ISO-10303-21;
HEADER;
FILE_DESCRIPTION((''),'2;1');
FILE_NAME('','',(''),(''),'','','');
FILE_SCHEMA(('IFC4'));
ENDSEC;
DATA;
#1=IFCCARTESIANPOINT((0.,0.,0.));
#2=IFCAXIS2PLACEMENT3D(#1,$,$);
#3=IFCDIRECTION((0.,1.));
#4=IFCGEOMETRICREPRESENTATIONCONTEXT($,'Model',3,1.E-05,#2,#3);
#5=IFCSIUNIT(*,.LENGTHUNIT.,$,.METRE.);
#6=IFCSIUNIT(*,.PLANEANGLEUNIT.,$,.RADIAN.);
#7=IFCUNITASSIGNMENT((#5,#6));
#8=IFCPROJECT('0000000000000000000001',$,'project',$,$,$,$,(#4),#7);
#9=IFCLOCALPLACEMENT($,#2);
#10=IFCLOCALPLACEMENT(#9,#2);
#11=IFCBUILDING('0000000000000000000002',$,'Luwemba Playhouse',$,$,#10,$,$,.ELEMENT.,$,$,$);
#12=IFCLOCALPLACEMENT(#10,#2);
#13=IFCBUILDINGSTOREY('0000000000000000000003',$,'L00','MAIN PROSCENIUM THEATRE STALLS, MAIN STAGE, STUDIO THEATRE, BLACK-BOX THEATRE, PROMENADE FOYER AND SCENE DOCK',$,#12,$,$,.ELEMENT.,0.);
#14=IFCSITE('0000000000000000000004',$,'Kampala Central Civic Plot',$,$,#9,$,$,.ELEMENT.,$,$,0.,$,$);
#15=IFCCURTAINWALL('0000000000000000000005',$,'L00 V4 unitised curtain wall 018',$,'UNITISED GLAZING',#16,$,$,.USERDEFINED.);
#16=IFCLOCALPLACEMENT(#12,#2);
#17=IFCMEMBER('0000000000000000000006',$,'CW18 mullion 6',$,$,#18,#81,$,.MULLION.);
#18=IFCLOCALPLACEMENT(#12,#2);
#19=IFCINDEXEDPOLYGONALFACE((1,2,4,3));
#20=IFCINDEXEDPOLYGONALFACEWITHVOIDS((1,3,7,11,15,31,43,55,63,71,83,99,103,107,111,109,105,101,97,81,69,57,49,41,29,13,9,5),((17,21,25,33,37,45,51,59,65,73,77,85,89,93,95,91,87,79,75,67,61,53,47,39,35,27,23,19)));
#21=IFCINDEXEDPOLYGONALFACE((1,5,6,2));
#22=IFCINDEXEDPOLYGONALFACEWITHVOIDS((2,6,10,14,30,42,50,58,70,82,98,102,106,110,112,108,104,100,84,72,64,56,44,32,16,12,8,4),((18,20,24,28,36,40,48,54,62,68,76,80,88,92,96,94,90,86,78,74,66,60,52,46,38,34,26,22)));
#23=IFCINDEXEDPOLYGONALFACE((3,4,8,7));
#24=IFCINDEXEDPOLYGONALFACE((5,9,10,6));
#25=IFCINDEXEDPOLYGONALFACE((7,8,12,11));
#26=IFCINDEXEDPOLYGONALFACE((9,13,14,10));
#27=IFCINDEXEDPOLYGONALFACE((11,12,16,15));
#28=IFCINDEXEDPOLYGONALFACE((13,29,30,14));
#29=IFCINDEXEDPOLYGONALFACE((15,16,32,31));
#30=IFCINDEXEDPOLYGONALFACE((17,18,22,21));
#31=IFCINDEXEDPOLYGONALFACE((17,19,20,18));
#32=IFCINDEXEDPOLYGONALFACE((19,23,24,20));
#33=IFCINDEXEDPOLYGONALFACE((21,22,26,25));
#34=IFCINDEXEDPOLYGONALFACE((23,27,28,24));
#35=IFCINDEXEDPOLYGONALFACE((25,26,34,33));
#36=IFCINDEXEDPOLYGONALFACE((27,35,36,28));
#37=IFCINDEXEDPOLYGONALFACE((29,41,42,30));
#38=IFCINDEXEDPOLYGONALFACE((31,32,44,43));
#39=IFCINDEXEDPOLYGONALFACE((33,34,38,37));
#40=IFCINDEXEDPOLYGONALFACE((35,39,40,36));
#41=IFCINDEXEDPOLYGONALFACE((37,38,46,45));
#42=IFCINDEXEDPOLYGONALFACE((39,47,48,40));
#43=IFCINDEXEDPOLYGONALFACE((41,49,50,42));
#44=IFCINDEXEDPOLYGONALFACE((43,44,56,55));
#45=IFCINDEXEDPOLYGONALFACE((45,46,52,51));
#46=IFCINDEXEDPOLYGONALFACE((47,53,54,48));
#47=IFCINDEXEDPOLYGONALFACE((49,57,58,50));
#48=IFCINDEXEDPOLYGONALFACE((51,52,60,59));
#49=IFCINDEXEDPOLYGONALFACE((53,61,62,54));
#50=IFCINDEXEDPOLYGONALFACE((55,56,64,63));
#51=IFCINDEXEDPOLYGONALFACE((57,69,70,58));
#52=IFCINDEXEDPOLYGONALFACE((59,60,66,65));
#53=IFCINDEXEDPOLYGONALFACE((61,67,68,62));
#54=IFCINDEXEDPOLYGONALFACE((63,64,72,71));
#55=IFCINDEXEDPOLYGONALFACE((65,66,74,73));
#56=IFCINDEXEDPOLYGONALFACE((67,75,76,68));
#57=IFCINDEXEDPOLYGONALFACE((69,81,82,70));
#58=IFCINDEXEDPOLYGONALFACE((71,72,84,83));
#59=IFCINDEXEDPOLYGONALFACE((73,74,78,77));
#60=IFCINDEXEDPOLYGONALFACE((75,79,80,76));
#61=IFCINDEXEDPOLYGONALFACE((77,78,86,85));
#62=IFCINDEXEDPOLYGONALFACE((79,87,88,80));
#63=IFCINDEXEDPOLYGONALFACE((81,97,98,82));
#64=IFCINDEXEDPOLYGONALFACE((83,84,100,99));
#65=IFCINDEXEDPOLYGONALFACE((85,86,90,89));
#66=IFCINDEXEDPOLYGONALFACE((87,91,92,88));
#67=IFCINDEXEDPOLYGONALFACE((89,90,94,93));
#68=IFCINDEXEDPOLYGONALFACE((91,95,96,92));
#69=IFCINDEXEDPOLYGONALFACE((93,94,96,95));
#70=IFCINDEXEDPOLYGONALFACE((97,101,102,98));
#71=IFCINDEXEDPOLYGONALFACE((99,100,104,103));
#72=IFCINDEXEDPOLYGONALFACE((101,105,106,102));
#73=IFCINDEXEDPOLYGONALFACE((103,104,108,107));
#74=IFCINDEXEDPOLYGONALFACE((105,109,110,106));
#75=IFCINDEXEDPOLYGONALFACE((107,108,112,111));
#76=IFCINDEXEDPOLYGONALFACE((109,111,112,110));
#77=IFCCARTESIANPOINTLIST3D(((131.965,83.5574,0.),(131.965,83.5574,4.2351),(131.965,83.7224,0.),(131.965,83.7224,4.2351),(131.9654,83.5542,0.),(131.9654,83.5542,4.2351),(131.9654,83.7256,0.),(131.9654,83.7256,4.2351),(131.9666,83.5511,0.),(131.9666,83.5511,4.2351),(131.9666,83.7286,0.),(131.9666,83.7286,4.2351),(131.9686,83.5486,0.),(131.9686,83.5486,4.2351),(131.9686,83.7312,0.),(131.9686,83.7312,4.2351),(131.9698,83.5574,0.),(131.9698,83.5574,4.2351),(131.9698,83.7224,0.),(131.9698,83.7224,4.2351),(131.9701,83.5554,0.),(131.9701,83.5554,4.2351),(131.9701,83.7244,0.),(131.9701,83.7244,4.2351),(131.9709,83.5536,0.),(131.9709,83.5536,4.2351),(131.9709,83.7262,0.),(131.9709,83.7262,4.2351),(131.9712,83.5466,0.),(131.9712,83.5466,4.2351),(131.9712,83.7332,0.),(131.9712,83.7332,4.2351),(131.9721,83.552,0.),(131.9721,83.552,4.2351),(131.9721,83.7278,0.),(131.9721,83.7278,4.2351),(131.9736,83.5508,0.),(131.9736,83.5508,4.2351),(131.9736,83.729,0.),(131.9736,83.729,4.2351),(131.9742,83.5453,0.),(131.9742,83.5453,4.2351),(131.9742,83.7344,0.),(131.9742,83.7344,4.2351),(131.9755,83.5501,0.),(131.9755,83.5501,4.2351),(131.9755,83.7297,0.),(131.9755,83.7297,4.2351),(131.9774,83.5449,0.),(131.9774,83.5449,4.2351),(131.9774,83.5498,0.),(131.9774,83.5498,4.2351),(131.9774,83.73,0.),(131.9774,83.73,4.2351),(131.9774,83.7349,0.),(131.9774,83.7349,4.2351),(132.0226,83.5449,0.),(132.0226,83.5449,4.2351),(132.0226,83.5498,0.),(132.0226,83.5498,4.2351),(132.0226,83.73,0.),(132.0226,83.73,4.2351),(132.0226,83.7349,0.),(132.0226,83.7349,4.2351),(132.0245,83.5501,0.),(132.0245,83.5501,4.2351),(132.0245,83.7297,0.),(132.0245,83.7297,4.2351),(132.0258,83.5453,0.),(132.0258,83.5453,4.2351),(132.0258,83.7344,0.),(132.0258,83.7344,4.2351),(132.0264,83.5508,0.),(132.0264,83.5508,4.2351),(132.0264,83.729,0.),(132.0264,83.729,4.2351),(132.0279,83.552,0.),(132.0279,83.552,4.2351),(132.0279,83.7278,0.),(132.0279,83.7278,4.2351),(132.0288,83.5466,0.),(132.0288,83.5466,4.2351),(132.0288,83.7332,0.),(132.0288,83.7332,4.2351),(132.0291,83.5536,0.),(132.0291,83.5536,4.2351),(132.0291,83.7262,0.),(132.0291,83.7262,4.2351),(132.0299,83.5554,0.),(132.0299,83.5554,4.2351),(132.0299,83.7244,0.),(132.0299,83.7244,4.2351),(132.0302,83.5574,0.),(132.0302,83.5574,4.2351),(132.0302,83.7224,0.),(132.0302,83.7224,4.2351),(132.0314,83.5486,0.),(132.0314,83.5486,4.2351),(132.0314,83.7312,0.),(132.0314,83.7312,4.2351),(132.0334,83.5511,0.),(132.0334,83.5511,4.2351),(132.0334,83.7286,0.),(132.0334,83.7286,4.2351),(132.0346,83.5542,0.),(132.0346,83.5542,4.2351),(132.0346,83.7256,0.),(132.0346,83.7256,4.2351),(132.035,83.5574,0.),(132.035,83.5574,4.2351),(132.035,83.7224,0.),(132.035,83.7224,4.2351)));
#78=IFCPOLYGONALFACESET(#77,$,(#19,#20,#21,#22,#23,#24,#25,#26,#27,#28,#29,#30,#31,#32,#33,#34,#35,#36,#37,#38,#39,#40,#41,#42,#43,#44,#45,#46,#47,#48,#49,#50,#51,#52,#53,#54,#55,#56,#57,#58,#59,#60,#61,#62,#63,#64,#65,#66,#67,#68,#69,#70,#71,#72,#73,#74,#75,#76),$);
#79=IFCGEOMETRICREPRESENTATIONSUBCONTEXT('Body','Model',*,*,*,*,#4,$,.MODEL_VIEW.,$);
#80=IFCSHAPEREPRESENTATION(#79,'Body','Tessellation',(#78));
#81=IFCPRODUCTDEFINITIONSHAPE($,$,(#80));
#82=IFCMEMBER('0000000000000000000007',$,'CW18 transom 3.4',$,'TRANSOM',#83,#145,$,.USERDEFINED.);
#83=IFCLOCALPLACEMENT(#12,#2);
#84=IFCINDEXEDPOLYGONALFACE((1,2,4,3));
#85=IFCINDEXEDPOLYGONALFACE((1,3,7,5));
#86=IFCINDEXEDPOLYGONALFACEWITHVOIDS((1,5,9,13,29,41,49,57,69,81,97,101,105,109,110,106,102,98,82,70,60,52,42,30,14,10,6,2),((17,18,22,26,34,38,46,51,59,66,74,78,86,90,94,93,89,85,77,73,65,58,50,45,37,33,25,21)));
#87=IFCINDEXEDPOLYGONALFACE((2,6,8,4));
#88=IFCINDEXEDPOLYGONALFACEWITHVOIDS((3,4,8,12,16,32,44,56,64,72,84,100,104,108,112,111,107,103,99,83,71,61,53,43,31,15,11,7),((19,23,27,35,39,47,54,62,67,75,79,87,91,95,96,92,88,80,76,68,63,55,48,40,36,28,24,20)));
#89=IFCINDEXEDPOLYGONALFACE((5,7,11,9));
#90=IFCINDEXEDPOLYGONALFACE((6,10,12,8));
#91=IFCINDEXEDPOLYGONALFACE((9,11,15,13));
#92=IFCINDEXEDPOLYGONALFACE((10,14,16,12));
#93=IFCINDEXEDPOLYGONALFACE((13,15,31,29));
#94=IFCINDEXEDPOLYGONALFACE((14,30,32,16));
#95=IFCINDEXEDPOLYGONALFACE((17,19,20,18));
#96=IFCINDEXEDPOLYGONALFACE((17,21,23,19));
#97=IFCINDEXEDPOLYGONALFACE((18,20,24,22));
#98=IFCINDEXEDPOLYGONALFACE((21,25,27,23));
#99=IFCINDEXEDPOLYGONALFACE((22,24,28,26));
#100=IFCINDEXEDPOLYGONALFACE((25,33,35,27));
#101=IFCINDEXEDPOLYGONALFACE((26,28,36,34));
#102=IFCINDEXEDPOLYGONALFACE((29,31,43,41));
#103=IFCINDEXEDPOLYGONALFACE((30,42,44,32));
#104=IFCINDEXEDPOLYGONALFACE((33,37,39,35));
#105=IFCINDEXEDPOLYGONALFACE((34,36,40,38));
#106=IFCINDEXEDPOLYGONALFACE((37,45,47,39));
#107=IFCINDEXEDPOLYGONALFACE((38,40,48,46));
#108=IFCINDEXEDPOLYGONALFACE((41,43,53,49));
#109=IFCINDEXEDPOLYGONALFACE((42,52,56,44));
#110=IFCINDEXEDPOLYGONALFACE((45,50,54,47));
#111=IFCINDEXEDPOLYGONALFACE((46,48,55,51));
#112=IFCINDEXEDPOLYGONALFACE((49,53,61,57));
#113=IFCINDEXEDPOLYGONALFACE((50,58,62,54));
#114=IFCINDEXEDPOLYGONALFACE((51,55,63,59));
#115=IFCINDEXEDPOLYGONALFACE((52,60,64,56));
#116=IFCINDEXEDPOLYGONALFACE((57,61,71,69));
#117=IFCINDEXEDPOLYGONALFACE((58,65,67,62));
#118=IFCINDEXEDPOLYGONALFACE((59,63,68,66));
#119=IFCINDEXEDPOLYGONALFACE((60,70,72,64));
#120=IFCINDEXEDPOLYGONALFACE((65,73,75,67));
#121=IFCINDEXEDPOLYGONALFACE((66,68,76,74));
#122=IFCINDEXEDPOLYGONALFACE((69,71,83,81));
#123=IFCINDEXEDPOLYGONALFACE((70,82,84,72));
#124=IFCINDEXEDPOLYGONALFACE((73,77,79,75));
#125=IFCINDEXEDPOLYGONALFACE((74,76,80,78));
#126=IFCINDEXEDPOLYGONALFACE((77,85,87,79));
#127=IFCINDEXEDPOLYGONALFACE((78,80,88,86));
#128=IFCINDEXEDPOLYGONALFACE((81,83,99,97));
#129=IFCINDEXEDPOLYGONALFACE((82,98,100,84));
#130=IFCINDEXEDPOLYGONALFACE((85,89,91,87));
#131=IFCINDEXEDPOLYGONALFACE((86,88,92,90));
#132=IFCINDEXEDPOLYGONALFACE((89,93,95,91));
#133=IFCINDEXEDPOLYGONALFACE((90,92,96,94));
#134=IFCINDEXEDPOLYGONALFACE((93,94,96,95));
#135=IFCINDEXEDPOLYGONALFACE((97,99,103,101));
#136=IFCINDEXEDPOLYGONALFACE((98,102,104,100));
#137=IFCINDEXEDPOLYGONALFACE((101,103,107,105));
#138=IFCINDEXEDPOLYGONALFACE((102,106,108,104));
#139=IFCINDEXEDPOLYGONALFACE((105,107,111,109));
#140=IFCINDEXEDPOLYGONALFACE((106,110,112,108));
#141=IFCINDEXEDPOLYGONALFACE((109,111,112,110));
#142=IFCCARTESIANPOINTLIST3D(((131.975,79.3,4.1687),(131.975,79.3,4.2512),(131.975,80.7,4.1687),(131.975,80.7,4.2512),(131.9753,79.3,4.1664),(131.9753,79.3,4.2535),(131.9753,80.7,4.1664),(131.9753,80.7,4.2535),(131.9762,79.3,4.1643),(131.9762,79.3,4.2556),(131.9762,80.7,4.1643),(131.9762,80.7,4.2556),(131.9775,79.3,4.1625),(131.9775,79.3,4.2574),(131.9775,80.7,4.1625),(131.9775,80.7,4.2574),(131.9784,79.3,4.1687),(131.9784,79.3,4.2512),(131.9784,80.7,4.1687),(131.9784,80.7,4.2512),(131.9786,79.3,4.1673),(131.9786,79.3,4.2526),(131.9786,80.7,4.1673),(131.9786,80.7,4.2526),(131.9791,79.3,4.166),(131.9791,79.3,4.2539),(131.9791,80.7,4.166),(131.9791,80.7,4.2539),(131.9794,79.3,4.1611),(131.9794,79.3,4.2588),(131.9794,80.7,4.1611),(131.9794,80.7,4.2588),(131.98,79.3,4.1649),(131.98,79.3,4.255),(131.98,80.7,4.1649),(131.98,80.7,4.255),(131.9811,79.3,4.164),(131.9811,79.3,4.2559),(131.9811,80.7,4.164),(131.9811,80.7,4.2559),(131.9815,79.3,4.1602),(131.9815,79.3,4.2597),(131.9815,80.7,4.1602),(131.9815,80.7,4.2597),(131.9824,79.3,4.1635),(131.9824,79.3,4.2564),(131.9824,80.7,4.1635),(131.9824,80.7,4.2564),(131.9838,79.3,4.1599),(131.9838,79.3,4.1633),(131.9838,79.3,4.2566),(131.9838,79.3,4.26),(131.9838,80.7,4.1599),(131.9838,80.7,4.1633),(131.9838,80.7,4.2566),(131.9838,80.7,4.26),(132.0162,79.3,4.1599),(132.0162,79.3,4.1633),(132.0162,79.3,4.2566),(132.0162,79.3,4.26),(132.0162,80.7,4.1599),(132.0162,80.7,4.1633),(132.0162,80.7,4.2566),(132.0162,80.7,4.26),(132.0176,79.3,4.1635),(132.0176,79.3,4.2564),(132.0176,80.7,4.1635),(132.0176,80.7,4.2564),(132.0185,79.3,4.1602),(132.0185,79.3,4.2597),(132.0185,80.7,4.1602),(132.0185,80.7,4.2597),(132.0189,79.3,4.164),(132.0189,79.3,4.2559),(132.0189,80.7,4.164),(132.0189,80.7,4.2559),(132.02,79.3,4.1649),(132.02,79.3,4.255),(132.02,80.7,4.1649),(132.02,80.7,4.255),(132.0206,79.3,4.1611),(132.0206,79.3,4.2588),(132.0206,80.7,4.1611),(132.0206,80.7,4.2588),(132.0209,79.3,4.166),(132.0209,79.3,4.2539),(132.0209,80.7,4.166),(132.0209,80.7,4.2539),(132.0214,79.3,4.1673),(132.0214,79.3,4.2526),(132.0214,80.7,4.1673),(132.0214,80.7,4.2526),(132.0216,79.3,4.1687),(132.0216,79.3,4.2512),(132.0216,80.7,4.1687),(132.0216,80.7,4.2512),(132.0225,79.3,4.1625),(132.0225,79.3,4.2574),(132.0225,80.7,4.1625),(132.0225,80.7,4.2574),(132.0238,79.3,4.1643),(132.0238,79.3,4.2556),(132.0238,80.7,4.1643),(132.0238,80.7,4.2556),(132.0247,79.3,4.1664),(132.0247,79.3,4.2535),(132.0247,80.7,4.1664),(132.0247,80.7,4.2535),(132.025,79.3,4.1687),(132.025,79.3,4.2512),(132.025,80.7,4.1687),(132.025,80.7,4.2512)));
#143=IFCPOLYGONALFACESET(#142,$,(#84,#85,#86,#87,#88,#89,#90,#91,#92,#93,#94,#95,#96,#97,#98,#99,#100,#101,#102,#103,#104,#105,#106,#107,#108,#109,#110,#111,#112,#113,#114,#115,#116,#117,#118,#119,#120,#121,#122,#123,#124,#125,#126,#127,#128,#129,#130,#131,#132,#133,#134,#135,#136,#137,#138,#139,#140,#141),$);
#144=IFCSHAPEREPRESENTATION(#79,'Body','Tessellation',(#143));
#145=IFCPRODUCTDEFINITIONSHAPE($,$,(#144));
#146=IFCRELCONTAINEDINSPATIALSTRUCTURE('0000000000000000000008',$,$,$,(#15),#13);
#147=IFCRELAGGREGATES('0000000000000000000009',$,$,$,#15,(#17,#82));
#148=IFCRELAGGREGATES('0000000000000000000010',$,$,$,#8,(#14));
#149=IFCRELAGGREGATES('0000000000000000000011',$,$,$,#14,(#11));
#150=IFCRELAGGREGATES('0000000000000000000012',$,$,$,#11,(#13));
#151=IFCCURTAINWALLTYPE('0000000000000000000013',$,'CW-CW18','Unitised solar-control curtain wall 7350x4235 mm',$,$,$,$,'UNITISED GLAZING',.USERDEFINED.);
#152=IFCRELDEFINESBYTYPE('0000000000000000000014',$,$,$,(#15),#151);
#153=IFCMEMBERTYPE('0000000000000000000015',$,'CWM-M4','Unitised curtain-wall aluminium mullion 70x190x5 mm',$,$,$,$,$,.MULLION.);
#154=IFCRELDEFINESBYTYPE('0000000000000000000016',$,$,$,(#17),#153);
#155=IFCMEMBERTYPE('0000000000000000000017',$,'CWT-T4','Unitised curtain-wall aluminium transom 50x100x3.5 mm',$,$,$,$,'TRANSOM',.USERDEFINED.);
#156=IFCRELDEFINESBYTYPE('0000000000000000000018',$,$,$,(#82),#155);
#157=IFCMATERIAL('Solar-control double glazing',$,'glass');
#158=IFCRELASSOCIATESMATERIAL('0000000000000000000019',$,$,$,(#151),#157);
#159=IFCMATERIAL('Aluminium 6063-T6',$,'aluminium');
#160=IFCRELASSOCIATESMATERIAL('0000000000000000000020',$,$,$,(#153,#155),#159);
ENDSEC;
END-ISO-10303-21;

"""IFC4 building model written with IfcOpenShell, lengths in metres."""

from ifc_helpers import new_model, si_unit, direction, frame, origin, origin_2d, place, context, subcontext, project, spatial, hollow_rectangle, extrude, material, material_profile, profile_set, type_object, element, aggregate, save


model = new_model("IFC4")

# Units and contexts
model_context = context("Model", 3, precision=1e-05, world=origin(), true_north=direction((0.0, 1.0)))
body_context = subcontext(model_context, "Body", "Model", "MODEL_VIEW")
ifc_project = project(units=[si_unit("LENGTHUNIT", "METRE"), si_unit("PLANEANGLEUNIT", "RADIAN")], contexts=[model_context])

# Site, building, storey
site_placement = place(None, origin())
site = spatial("IfcSite", under=ifc_project, at=site_placement, Name="Kampala Central Civic Plot", CompositionType="ELEMENT", RefElevation=0.0)
building_placement = place(site_placement, origin())
building = spatial("IfcBuilding", under=site, at=building_placement, Name="Luwemba Playhouse", CompositionType="ELEMENT")
storey_placement = place(building_placement, origin())
storey = spatial("IfcBuildingStorey", under=building, at=storey_placement, Name="L00", Description="MAIN PROSCENIUM THEATRE STALLS, MAIN STAGE, STUDIO THEATRE, BLACK-BOX THEATRE, PROMENADE FOYER AND SCENE DOCK", CompositionType="ELEMENT", Elevation=0.0)

# Curtain wall, members
ifc_material_1 = material(Name="Solar-control double glazing", Category="glass")
curtain_wall_type = type_object("IfcCurtainWallType", Name="CW-CW18", Description="Unitised solar-control curtain wall 7350x4235 mm", ElementType="UNITISED GLAZING", PredefinedType="USERDEFINED", material=ifc_material_1)
curtain_wall_placement = place(storey_placement, origin())
curtain_wall = element("IfcCurtainWall", 1, at=curtain_wall_placement, inside=storey, type_object=curtain_wall_type, Name="L00 V4 unitised curtain wall 018", ObjectType="UNITISED GLAZING", PredefinedType="USERDEFINED")
ifc_material_2 = material(Name="Aluminium 6063-T6", Category="aluminium")
ifc_material_profile_1 = material_profile(ifc_material_2, hollow_rectangle(XDim=0.0701, YDim=0.1899, WallThickness=0.0049, InnerFilletRadius=0.0076, OuterFilletRadius=0.0125, at=origin_2d()))
ifc_profile_set_1 = profile_set([ifc_material_profile_1], Name="Aluminium 6063-T6")
member_type_1 = type_object("IfcMemberType", Name="CWM-M4", Description="Unitised curtain-wall aluminium mullion 70x190x5 mm", PredefinedType="MULLION", material=ifc_profile_set_1)
member_1_placement = place(storey_placement, frame((132.0, 83.6399, 0.0), z_axis=(0.0, 0.0, 1.0), x_axis=(-1.0, 0.0, 0.0)))
member_1 = element("IfcMember", 2, at=member_1_placement, type_object=member_type_1, Name="CW18 mullion 6", PredefinedType="MULLION", context=body_context, shape_type="SweptSolid", body=[
    extrude(hollow_rectangle(XDim=0.0701, YDim=0.1899, WallThickness=0.0049, InnerFilletRadius=0.0076, OuterFilletRadius=0.0125, at=origin_2d()), origin(), (0.0, 0.0, 1.0), 4.2351),
])
ifc_material_profile_2 = material_profile(ifc_material_2, hollow_rectangle(XDim=0.05, YDim=0.1001, WallThickness=0.0034, InnerFilletRadius=0.0054, OuterFilletRadius=0.0088, at=origin_2d()))
ifc_profile_set_2 = profile_set([ifc_material_profile_2], Name="Aluminium 6063-T6")
member_type_2 = type_object("IfcMemberType", Name="CWT-T4", Description="Unitised curtain-wall aluminium transom 50x100x3.5 mm", ElementType="TRANSOM", PredefinedType="USERDEFINED", material=ifc_profile_set_2)
member_2_placement = place(storey_placement, frame((132.0, 79.3, 4.21), z_axis=(0.0, 1.0, 0.0), x_axis=(-1.0, 0.0, 0.0)))
member_2 = element("IfcMember", 3, at=member_2_placement, type_object=member_type_2, Name="CW18 transom 3.4", ObjectType="TRANSOM", PredefinedType="USERDEFINED", context=body_context, shape_type="SweptSolid", body=[
    extrude(hollow_rectangle(XDim=0.05, YDim=0.1001, WallThickness=0.0034, InnerFilletRadius=0.0054, OuterFilletRadius=0.0088, at=origin_2d()), origin(), (0.0, 0.0, 1.0), 1.3999),
])
aggregate(curtain_wall, [member_1, member_2])

save(model, "model.ifc")
